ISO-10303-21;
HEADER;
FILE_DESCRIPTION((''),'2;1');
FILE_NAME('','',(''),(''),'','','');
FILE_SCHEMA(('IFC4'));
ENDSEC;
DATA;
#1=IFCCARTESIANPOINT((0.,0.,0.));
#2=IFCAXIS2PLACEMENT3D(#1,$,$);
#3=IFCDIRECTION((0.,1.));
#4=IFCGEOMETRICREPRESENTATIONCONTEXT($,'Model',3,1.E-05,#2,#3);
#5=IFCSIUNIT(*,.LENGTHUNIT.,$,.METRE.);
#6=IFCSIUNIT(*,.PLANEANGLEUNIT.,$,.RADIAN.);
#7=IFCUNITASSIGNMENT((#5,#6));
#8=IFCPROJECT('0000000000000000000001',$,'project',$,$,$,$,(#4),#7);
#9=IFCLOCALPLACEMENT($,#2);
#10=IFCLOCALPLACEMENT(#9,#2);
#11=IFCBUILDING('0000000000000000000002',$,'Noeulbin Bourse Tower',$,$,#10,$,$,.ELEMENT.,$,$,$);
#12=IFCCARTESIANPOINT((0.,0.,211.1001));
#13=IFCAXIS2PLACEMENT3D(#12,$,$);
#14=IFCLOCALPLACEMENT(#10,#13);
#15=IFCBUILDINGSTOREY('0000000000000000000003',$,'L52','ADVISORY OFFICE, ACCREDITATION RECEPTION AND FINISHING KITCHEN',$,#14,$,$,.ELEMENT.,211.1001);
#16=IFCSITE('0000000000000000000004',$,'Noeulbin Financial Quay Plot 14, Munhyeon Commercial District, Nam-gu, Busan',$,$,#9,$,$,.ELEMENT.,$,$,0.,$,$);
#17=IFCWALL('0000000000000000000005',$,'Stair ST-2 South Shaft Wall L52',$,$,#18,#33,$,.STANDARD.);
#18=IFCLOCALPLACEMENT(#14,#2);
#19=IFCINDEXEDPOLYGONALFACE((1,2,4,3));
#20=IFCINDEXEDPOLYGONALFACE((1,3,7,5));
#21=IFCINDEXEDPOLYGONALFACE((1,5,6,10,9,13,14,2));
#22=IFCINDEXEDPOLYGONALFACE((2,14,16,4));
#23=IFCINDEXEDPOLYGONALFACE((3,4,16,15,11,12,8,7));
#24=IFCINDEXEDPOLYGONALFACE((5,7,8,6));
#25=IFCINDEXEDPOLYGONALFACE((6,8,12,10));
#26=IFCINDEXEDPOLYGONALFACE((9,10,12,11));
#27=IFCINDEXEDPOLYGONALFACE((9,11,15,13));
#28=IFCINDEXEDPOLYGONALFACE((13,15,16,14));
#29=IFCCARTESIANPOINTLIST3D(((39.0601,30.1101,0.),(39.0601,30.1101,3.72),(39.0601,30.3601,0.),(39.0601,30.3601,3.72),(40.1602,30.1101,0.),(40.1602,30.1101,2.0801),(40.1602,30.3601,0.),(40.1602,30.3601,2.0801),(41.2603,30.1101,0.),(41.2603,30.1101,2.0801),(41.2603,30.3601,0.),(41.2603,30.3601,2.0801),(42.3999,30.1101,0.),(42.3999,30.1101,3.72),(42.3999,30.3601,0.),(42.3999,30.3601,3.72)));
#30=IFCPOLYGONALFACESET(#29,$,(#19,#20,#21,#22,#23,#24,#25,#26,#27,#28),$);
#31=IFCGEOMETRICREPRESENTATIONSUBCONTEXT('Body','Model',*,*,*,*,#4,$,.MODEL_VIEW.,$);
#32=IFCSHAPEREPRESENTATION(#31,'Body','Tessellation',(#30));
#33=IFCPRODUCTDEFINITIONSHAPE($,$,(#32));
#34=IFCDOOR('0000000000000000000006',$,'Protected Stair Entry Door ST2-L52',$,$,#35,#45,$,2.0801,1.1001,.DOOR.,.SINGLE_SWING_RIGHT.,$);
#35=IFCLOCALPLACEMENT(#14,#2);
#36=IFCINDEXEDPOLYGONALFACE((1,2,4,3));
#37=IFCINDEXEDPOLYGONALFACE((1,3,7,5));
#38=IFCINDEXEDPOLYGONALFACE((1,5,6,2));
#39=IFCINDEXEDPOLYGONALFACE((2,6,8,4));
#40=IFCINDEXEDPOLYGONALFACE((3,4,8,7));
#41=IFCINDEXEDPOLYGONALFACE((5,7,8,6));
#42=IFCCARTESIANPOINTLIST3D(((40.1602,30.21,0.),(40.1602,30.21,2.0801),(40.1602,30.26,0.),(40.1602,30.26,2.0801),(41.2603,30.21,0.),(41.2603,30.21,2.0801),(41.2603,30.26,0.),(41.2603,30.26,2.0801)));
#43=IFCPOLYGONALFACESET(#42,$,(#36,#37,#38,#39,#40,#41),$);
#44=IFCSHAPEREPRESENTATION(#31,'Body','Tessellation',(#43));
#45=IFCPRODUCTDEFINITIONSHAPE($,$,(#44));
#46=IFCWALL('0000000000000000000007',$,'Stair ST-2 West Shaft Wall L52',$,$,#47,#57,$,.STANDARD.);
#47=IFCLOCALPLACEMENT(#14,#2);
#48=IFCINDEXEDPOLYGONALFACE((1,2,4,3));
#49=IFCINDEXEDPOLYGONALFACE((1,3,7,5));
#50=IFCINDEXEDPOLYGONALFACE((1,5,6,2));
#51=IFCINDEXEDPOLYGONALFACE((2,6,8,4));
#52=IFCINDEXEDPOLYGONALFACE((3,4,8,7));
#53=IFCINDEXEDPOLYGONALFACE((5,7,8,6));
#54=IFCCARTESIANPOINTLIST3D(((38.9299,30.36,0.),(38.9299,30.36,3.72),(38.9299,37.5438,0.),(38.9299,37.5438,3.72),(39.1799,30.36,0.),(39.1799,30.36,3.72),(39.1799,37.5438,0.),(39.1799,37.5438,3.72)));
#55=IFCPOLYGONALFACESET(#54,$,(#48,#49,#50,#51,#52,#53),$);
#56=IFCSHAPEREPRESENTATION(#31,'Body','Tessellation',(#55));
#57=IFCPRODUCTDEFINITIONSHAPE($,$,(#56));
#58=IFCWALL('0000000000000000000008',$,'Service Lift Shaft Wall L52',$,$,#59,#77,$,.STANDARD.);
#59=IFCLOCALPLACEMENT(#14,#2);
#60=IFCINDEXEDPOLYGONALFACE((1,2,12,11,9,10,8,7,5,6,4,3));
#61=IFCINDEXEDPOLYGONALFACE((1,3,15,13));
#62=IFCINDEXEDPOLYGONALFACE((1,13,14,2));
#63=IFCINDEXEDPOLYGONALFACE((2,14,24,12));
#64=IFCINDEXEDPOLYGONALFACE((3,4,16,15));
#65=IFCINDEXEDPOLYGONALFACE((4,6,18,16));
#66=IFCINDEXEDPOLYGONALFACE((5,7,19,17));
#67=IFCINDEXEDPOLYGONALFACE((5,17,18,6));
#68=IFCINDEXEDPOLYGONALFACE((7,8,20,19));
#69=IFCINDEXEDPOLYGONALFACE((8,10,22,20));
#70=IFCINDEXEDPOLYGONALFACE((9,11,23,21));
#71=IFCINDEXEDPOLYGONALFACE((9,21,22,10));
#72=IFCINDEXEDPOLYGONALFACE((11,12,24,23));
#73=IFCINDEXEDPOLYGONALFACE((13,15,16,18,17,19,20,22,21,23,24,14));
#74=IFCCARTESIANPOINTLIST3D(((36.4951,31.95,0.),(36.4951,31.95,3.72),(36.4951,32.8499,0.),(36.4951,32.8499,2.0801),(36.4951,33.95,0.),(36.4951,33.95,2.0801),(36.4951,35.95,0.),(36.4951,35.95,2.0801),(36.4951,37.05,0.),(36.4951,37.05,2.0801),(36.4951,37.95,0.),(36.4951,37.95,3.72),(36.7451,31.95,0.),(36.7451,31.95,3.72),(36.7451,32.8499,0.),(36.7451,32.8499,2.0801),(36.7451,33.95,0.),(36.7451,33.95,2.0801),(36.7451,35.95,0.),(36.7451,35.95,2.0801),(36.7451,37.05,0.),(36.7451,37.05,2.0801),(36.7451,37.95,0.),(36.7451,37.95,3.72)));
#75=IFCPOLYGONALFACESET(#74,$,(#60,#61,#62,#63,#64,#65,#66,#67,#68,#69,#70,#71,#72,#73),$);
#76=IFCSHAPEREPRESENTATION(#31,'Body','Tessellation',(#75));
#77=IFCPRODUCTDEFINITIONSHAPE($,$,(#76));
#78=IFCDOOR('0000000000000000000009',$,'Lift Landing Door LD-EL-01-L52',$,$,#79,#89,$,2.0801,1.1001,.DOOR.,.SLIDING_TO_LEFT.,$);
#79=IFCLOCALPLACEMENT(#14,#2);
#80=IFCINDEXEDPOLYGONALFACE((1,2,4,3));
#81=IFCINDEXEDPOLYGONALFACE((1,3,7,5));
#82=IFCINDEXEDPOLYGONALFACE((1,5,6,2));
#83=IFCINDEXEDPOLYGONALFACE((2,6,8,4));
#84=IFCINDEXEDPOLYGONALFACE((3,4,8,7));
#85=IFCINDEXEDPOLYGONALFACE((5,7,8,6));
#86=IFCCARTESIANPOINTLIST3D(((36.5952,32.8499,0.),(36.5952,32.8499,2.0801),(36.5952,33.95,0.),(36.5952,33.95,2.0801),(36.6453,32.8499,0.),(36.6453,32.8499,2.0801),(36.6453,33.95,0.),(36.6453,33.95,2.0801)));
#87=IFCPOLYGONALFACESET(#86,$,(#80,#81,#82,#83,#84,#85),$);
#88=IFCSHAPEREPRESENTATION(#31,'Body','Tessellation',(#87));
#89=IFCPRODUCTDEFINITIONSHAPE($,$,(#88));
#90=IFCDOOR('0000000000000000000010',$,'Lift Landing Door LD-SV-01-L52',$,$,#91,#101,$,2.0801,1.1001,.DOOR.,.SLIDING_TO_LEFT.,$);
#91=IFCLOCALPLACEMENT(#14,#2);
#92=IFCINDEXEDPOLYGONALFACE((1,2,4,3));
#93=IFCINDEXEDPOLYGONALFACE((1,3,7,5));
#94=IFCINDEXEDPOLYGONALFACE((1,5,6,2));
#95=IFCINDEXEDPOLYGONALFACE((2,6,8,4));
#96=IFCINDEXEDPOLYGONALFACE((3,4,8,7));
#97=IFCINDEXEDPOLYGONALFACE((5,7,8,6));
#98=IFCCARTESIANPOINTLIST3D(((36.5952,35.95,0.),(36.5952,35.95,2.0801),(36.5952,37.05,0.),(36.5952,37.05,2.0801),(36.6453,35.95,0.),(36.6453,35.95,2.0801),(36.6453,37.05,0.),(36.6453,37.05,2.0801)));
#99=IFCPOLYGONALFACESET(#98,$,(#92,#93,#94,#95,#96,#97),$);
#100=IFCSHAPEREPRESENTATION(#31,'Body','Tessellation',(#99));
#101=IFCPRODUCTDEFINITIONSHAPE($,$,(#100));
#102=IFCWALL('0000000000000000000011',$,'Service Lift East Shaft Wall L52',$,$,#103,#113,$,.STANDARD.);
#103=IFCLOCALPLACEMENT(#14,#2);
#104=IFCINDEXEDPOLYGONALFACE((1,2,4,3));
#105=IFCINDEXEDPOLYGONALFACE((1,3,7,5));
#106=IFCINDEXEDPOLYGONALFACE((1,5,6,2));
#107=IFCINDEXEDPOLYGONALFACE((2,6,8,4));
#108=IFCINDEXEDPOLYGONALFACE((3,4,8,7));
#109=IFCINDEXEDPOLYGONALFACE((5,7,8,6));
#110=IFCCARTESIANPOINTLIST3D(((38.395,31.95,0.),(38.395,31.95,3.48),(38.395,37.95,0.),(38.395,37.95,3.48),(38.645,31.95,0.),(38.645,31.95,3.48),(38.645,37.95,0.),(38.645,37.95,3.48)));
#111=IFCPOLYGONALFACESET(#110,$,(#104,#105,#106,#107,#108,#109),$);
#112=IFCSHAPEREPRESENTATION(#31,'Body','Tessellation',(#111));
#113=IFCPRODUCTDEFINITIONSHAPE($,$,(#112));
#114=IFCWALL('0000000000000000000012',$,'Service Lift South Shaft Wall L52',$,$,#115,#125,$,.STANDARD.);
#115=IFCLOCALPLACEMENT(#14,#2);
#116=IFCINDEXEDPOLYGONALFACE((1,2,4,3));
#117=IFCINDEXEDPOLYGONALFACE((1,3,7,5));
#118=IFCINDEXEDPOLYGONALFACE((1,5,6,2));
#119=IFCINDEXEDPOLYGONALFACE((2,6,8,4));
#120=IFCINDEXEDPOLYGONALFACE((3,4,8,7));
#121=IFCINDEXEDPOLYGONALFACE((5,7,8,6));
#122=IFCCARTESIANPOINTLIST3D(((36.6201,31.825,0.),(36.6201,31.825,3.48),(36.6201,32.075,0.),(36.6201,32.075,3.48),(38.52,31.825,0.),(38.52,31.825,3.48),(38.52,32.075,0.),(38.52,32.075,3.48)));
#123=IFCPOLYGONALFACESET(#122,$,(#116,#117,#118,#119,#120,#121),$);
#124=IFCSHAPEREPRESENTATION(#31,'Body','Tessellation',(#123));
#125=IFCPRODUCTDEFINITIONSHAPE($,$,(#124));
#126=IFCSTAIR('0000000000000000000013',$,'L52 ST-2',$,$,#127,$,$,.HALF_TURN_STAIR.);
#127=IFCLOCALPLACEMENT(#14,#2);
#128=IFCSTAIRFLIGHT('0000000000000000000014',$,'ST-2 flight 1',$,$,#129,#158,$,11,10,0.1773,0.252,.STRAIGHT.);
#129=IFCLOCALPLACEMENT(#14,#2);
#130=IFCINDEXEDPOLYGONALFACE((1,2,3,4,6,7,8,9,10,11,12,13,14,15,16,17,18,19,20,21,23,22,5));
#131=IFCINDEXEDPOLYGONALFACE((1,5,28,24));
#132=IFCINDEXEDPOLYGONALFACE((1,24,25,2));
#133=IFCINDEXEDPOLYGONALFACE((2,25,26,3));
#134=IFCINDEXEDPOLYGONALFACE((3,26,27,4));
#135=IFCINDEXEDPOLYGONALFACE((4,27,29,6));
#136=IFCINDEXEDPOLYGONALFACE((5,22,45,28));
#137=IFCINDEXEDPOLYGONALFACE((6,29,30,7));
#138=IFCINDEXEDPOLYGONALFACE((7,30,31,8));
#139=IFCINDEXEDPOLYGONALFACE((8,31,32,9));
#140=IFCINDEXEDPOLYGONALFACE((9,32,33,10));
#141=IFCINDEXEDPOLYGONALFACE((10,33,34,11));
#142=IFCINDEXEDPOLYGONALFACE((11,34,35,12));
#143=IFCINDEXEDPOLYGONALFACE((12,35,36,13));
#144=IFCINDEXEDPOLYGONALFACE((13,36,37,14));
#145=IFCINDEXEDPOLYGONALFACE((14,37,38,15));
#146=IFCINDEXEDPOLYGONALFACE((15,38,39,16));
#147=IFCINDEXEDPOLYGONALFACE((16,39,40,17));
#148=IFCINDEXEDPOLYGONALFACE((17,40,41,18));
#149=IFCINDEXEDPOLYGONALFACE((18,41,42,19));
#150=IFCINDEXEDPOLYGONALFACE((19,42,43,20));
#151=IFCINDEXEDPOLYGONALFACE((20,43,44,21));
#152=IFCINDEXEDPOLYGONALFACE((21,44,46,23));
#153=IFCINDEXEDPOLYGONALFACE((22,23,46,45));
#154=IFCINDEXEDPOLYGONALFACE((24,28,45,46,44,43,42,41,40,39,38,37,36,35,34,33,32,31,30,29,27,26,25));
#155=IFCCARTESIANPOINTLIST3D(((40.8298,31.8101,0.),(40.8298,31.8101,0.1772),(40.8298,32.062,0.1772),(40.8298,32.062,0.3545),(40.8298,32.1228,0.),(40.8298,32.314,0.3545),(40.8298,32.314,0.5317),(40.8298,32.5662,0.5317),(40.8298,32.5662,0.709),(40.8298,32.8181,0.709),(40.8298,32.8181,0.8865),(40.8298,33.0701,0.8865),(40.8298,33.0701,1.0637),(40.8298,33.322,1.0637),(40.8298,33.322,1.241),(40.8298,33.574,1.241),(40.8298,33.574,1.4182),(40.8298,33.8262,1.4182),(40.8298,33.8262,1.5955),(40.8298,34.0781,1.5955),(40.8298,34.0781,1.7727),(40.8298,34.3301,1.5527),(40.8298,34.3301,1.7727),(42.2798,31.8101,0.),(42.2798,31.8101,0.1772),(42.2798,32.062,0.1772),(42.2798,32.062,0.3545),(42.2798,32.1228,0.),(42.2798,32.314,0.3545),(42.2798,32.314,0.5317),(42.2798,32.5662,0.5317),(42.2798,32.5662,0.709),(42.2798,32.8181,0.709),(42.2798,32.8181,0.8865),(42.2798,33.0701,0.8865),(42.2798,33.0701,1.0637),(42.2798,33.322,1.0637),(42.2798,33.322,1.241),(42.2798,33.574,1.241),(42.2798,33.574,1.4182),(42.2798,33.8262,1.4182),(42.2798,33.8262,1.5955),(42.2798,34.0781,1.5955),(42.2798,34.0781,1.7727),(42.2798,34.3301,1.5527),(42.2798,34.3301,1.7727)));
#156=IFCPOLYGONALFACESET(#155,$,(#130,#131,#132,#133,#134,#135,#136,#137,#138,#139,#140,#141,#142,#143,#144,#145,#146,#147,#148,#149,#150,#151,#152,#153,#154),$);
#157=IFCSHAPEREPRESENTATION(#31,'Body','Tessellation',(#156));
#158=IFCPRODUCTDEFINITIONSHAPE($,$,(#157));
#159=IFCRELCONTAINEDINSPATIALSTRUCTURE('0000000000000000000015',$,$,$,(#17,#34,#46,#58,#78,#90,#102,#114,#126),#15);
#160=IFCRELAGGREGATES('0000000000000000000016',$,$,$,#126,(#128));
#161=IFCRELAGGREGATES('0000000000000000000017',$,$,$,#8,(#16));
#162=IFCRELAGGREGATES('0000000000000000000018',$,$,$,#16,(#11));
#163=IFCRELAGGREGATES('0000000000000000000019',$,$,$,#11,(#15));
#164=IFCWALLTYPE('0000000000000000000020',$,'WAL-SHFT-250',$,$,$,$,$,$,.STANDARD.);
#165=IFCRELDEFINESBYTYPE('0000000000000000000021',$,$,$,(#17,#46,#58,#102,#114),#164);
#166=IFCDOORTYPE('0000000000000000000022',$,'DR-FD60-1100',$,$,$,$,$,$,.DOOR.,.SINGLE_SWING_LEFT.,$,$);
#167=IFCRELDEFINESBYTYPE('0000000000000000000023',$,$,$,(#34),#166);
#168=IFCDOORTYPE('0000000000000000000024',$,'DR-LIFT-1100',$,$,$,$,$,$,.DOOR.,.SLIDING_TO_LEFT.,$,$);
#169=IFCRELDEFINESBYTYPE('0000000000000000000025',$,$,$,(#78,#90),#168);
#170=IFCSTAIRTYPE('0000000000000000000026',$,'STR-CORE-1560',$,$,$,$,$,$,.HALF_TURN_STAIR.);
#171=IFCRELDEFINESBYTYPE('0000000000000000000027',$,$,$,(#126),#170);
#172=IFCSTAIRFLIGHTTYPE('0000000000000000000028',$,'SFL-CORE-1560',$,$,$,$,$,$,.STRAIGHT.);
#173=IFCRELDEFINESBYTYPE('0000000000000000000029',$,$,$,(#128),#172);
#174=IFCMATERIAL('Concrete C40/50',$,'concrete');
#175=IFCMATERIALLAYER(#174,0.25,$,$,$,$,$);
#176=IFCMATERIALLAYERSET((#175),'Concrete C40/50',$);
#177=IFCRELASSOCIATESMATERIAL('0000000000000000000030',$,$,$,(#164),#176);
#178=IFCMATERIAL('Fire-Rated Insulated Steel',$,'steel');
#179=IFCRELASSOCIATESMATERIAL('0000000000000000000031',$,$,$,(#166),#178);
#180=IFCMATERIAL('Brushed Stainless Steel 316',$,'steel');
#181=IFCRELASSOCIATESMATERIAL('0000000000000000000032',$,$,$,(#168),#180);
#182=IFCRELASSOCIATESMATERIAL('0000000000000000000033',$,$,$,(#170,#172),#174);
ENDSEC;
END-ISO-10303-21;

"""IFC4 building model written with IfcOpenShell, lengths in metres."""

from ifc_helpers import new_model, si_unit, direction, frame, frame_2d, origin, place, context, subcontext, project, spatial, polyline, rectangle, outline, extrude, material, layer, layer_set, type_object, element, fill, aggregate, save


model = new_model("IFC4")

# Units and contexts
model_context = context("Model", 3, precision=1e-05, world=origin(), true_north=direction((0.0, 1.0)))
body_context = subcontext(model_context, "Body", "Model", "MODEL_VIEW")
ifc_project = project(units=[si_unit("LENGTHUNIT", "METRE"), si_unit("PLANEANGLEUNIT", "RADIAN")], contexts=[model_context])

# Site, building, storey
site_placement = place(None, origin())
site = spatial("IfcSite", under=ifc_project, at=site_placement, Name="Noeulbin Financial Quay Plot 14, Munhyeon Commercial District, Nam-gu, Busan", CompositionType="ELEMENT", RefElevation=0.0)
building_placement = place(site_placement, origin())
building = spatial("IfcBuilding", under=site, at=building_placement, Name="Noeulbin Bourse Tower", CompositionType="ELEMENT")
storey_placement = place(building_placement, frame((0.0, 0.0, 211.1001)))
storey = spatial("IfcBuildingStorey", under=building, at=storey_placement, Name="L52", Description="ADVISORY OFFICE, ACCREDITATION RECEPTION AND FINISHING KITCHEN", CompositionType="ELEMENT", Elevation=211.1001)

# Shared definitions
ifc_material_1 = material(Name="Concrete C40/50", Category="concrete")

# Wall, opening, door
ifc_layer_1 = layer(ifc_material_1, 0.25)
ifc_layer_set_1 = layer_set([ifc_layer_1], Name="Concrete C40/50")
wall_type_1 = type_object("IfcWallType", Name="WAL-SHFT-250", PredefinedType="STANDARD", material=ifc_layer_set_1)
wall_1_placement = place(storey_placement, frame((39.0601, 30.2351, 0.0), z_axis=(0.0, 0.0, 1.0), x_axis=(1.0, 0.0, 0.0)))
wall_1 = element("IfcWall", 1, at=wall_1_placement, inside=storey, type_object=wall_type_1, Name="Stair ST-2 South Shaft Wall L52", PredefinedType="STANDARD", context=body_context, shape_type="SweptSolid", body=[
    extrude(rectangle(XDim=3.3398, YDim=0.25, at=frame_2d((1.6699, 0.0))), origin(), (0.0, 0.0, 1.0), 3.72),
])
opening_1_placement = place(wall_1_placement, frame((1.1001, 0.0, 0.0)))
opening_1 = element("IfcOpeningElement", 2, at=opening_1_placement, cuts=wall_1, PredefinedType="OPENING", context=body_context, shape_type="SweptSolid", body=[
    extrude(rectangle(XDim=1.1001, YDim=2.0801, at=frame_2d((0.55, 1.04))), frame((0.0, 0.135, 0.0), z_axis=(0.0, -1.0, 0.0), x_axis=(1.0, 0.0, 0.0)), (0.0, 0.0, 1.0), 0.27),
])
ifc_material_2 = material(Name="Fire-Rated Insulated Steel", Category="steel")
door_type_1 = type_object("IfcDoorType", Name="DR-FD60-1100", OperationType="SINGLE_SWING_LEFT", PredefinedType="DOOR", material=ifc_material_2)
door_1_placement = place(opening_1_placement, origin())
door_1 = element("IfcDoor", 3, at=door_1_placement, inside=storey, type_object=door_type_1, Name="Protected Stair Entry Door ST2-L52", OperationType="SINGLE_SWING_RIGHT", OverallHeight=2.0801, OverallWidth=1.1001, PredefinedType="DOOR", context=body_context, shape_type="SweptSolid", body=[
    extrude(rectangle(XDim=1.1001, YDim=2.0801, at=frame_2d((0.55, 1.04))), frame((0.0, 0.0249, 0.0), z_axis=(0.0, -1.0, 0.0), x_axis=(1.0, 0.0, 0.0)), (0.0, 0.0, 1.0), 0.05),
])
fill(opening_1, door_1)

# Wall
wall_2_placement = place(storey_placement, frame((39.0549, 30.3601, 0.0), z_axis=(0.0, 0.0, 1.0), x_axis=(0.0, 1.0, 0.0)))
element("IfcWall", 4, at=wall_2_placement, inside=storey, type_object=wall_type_1, Name="Stair ST-2 West Shaft Wall L52", PredefinedType="STANDARD", context=body_context, shape_type="SweptSolid", body=[
    extrude(rectangle(XDim=7.1838, YDim=0.25, at=frame_2d((3.5918, 0.0))), origin(), (0.0, 0.0, 1.0), 3.72),
])

# Wall, openings, doors
wall_3_placement = place(storey_placement, frame((36.6201, 31.95, 0.0), z_axis=(0.0, 0.0, 1.0), x_axis=(0.0, 1.0, 0.0)))
wall_3 = element("IfcWall", 5, at=wall_3_placement, inside=storey, type_object=wall_type_1, Name="Service Lift Shaft Wall L52", PredefinedType="STANDARD", context=body_context, shape_type="SweptSolid", body=[
    extrude(rectangle(XDim=6.0, YDim=0.25, at=frame_2d((3.0, 0.0))), origin(), (0.0, 0.0, 1.0), 3.72),
])
opening_2_placement = place(wall_3_placement, frame((0.8999, 0.0, 0.0)))
opening_2 = element("IfcOpeningElement", 6, at=opening_2_placement, cuts=wall_3, PredefinedType="OPENING", context=body_context, shape_type="SweptSolid", body=[
    extrude(rectangle(XDim=1.1001, YDim=2.0801, at=frame_2d((0.55, 1.04))), frame((0.0, 0.135, 0.0), z_axis=(0.0, -1.0, 0.0), x_axis=(1.0, 0.0, 0.0)), (0.0, 0.0, 1.0), 0.27),
])
opening_3_placement = place(wall_3_placement, frame((4.0, 0.0, 0.0)))
opening_3 = element("IfcOpeningElement", 7, at=opening_3_placement, cuts=wall_3, PredefinedType="OPENING", context=body_context, shape_type="SweptSolid", body=[
    extrude(rectangle(XDim=1.1001, YDim=2.0801, at=frame_2d((0.55, 1.04))), frame((0.0, 0.135, 0.0), z_axis=(0.0, -1.0, 0.0), x_axis=(1.0, 0.0, 0.0)), (0.0, 0.0, 1.0), 0.27),
])
ifc_material_3 = material(Name="Brushed Stainless Steel 316", Category="steel")
door_type_2 = type_object("IfcDoorType", Name="DR-LIFT-1100", OperationType="SLIDING_TO_LEFT", PredefinedType="DOOR", material=ifc_material_3)
door_2_placement = place(opening_2_placement, origin())
door_2 = element("IfcDoor", 8, at=door_2_placement, inside=storey, type_object=door_type_2, Name="Lift Landing Door LD-EL-01-L52", OperationType="SLIDING_TO_LEFT", OverallHeight=2.0801, OverallWidth=1.1001, PredefinedType="DOOR", context=body_context, shape_type="SweptSolid", body=[
    extrude(rectangle(XDim=1.1001, YDim=2.0801, at=frame_2d((0.55, 1.04))), frame((0.0, 0.0249, 0.0), z_axis=(0.0, -1.0, 0.0), x_axis=(1.0, 0.0, 0.0)), (0.0, 0.0, 1.0), 0.05),
])
fill(opening_2, door_2)
door_3_placement = place(opening_3_placement, origin())
door_3 = element("IfcDoor", 9, at=door_3_placement, inside=storey, type_object=door_type_2, Name="Lift Landing Door LD-SV-01-L52", OperationType="SLIDING_TO_LEFT", OverallHeight=2.0801, OverallWidth=1.1001, PredefinedType="DOOR", context=body_context, shape_type="SweptSolid", body=[
    extrude(rectangle(XDim=1.1001, YDim=2.0801, at=frame_2d((0.55, 1.04))), frame((0.0, 0.0249, 0.0), z_axis=(0.0, -1.0, 0.0), x_axis=(1.0, 0.0, 0.0)), (0.0, 0.0, 1.0), 0.05),
])
fill(opening_3, door_3)

# Walls
wall_4_placement = place(storey_placement, frame((38.52, 31.95, 0.0), z_axis=(0.0, 0.0, 1.0), x_axis=(0.0, 1.0, 0.0)))
element("IfcWall", 10, at=wall_4_placement, inside=storey, type_object=wall_type_1, Name="Service Lift East Shaft Wall L52", PredefinedType="STANDARD", context=body_context, shape_type="SweptSolid", body=[
    extrude(rectangle(XDim=6.0, YDim=0.25, at=frame_2d((3.0, 0.0))), origin(), (0.0, 0.0, 1.0), 3.48),
])
wall_5_placement = place(storey_placement, frame((36.6201, 31.95, 0.0), z_axis=(0.0, 0.0, 1.0), x_axis=(1.0, 0.0, 0.0)))
element("IfcWall", 11, at=wall_5_placement, inside=storey, type_object=wall_type_1, Name="Service Lift South Shaft Wall L52", PredefinedType="STANDARD", context=body_context, shape_type="SweptSolid", body=[
    extrude(rectangle(XDim=1.8999, YDim=0.25, at=frame_2d((0.95, 0.0))), origin(), (0.0, 0.0, 1.0), 3.48),
])

# Stair, stair flight
stair_type = type_object("IfcStairType", Name="STR-CORE-1560", PredefinedType="HALF_TURN_STAIR", material=ifc_material_1)
stair_placement = place(storey_placement, origin())
stair = element("IfcStair", 12, at=stair_placement, inside=storey, type_object=stair_type, Name="L52 ST-2", PredefinedType="HALF_TURN_STAIR")
stair_flight_type = type_object("IfcStairFlightType", Name="SFL-CORE-1560", PredefinedType="STRAIGHT", material=ifc_material_1)
stair_flight_placement = place(storey_placement, frame((41.5549, 31.8101, 0.0), z_axis=(0.0, 0.0, 1.0), x_axis=(0.0, 1.0, 0.0)))
stair_flight = element("IfcStairFlight", 13, at=stair_flight_placement, type_object=stair_flight_type, Name="ST-2 flight 1", NumberOfRisers=11, NumberOfTreads=10, PredefinedType="STRAIGHT", RiserHeight=0.1773, TreadLength=0.252, context=body_context, shape_type="SweptSolid", body=[
    extrude(outline(polyline([(0.0, 0.0), (0.0, 0.1772), (0.252, 0.1772), (0.252, 0.3545), (0.5039, 0.3545), (0.5039, 0.5317), (0.7561, 0.5317), (0.7561, 0.709), (1.0081, 0.709), (1.0081, 0.8865), (1.26, 0.8865), (1.26, 1.0637), (1.512, 1.0637), (1.512, 1.241), (1.7639, 1.241), (1.7639, 1.4182), (2.0161, 1.4182), (2.0161, 1.5955), (2.2681, 1.5955), (2.2681, 1.7727), (2.52, 1.7727), (2.52, 1.95), (2.52, 1.5527), (0.3127, 0.0), (0.0, 0.0)])), frame((0.0, 0.7251, 0.0), z_axis=(0.0, -1.0, 0.0), x_axis=(1.0, 0.0, 0.0)), (0.0, 0.0, 1.0), 1.45),
])
aggregate(stair, [stair_flight])

save(model, "model.ifc")
